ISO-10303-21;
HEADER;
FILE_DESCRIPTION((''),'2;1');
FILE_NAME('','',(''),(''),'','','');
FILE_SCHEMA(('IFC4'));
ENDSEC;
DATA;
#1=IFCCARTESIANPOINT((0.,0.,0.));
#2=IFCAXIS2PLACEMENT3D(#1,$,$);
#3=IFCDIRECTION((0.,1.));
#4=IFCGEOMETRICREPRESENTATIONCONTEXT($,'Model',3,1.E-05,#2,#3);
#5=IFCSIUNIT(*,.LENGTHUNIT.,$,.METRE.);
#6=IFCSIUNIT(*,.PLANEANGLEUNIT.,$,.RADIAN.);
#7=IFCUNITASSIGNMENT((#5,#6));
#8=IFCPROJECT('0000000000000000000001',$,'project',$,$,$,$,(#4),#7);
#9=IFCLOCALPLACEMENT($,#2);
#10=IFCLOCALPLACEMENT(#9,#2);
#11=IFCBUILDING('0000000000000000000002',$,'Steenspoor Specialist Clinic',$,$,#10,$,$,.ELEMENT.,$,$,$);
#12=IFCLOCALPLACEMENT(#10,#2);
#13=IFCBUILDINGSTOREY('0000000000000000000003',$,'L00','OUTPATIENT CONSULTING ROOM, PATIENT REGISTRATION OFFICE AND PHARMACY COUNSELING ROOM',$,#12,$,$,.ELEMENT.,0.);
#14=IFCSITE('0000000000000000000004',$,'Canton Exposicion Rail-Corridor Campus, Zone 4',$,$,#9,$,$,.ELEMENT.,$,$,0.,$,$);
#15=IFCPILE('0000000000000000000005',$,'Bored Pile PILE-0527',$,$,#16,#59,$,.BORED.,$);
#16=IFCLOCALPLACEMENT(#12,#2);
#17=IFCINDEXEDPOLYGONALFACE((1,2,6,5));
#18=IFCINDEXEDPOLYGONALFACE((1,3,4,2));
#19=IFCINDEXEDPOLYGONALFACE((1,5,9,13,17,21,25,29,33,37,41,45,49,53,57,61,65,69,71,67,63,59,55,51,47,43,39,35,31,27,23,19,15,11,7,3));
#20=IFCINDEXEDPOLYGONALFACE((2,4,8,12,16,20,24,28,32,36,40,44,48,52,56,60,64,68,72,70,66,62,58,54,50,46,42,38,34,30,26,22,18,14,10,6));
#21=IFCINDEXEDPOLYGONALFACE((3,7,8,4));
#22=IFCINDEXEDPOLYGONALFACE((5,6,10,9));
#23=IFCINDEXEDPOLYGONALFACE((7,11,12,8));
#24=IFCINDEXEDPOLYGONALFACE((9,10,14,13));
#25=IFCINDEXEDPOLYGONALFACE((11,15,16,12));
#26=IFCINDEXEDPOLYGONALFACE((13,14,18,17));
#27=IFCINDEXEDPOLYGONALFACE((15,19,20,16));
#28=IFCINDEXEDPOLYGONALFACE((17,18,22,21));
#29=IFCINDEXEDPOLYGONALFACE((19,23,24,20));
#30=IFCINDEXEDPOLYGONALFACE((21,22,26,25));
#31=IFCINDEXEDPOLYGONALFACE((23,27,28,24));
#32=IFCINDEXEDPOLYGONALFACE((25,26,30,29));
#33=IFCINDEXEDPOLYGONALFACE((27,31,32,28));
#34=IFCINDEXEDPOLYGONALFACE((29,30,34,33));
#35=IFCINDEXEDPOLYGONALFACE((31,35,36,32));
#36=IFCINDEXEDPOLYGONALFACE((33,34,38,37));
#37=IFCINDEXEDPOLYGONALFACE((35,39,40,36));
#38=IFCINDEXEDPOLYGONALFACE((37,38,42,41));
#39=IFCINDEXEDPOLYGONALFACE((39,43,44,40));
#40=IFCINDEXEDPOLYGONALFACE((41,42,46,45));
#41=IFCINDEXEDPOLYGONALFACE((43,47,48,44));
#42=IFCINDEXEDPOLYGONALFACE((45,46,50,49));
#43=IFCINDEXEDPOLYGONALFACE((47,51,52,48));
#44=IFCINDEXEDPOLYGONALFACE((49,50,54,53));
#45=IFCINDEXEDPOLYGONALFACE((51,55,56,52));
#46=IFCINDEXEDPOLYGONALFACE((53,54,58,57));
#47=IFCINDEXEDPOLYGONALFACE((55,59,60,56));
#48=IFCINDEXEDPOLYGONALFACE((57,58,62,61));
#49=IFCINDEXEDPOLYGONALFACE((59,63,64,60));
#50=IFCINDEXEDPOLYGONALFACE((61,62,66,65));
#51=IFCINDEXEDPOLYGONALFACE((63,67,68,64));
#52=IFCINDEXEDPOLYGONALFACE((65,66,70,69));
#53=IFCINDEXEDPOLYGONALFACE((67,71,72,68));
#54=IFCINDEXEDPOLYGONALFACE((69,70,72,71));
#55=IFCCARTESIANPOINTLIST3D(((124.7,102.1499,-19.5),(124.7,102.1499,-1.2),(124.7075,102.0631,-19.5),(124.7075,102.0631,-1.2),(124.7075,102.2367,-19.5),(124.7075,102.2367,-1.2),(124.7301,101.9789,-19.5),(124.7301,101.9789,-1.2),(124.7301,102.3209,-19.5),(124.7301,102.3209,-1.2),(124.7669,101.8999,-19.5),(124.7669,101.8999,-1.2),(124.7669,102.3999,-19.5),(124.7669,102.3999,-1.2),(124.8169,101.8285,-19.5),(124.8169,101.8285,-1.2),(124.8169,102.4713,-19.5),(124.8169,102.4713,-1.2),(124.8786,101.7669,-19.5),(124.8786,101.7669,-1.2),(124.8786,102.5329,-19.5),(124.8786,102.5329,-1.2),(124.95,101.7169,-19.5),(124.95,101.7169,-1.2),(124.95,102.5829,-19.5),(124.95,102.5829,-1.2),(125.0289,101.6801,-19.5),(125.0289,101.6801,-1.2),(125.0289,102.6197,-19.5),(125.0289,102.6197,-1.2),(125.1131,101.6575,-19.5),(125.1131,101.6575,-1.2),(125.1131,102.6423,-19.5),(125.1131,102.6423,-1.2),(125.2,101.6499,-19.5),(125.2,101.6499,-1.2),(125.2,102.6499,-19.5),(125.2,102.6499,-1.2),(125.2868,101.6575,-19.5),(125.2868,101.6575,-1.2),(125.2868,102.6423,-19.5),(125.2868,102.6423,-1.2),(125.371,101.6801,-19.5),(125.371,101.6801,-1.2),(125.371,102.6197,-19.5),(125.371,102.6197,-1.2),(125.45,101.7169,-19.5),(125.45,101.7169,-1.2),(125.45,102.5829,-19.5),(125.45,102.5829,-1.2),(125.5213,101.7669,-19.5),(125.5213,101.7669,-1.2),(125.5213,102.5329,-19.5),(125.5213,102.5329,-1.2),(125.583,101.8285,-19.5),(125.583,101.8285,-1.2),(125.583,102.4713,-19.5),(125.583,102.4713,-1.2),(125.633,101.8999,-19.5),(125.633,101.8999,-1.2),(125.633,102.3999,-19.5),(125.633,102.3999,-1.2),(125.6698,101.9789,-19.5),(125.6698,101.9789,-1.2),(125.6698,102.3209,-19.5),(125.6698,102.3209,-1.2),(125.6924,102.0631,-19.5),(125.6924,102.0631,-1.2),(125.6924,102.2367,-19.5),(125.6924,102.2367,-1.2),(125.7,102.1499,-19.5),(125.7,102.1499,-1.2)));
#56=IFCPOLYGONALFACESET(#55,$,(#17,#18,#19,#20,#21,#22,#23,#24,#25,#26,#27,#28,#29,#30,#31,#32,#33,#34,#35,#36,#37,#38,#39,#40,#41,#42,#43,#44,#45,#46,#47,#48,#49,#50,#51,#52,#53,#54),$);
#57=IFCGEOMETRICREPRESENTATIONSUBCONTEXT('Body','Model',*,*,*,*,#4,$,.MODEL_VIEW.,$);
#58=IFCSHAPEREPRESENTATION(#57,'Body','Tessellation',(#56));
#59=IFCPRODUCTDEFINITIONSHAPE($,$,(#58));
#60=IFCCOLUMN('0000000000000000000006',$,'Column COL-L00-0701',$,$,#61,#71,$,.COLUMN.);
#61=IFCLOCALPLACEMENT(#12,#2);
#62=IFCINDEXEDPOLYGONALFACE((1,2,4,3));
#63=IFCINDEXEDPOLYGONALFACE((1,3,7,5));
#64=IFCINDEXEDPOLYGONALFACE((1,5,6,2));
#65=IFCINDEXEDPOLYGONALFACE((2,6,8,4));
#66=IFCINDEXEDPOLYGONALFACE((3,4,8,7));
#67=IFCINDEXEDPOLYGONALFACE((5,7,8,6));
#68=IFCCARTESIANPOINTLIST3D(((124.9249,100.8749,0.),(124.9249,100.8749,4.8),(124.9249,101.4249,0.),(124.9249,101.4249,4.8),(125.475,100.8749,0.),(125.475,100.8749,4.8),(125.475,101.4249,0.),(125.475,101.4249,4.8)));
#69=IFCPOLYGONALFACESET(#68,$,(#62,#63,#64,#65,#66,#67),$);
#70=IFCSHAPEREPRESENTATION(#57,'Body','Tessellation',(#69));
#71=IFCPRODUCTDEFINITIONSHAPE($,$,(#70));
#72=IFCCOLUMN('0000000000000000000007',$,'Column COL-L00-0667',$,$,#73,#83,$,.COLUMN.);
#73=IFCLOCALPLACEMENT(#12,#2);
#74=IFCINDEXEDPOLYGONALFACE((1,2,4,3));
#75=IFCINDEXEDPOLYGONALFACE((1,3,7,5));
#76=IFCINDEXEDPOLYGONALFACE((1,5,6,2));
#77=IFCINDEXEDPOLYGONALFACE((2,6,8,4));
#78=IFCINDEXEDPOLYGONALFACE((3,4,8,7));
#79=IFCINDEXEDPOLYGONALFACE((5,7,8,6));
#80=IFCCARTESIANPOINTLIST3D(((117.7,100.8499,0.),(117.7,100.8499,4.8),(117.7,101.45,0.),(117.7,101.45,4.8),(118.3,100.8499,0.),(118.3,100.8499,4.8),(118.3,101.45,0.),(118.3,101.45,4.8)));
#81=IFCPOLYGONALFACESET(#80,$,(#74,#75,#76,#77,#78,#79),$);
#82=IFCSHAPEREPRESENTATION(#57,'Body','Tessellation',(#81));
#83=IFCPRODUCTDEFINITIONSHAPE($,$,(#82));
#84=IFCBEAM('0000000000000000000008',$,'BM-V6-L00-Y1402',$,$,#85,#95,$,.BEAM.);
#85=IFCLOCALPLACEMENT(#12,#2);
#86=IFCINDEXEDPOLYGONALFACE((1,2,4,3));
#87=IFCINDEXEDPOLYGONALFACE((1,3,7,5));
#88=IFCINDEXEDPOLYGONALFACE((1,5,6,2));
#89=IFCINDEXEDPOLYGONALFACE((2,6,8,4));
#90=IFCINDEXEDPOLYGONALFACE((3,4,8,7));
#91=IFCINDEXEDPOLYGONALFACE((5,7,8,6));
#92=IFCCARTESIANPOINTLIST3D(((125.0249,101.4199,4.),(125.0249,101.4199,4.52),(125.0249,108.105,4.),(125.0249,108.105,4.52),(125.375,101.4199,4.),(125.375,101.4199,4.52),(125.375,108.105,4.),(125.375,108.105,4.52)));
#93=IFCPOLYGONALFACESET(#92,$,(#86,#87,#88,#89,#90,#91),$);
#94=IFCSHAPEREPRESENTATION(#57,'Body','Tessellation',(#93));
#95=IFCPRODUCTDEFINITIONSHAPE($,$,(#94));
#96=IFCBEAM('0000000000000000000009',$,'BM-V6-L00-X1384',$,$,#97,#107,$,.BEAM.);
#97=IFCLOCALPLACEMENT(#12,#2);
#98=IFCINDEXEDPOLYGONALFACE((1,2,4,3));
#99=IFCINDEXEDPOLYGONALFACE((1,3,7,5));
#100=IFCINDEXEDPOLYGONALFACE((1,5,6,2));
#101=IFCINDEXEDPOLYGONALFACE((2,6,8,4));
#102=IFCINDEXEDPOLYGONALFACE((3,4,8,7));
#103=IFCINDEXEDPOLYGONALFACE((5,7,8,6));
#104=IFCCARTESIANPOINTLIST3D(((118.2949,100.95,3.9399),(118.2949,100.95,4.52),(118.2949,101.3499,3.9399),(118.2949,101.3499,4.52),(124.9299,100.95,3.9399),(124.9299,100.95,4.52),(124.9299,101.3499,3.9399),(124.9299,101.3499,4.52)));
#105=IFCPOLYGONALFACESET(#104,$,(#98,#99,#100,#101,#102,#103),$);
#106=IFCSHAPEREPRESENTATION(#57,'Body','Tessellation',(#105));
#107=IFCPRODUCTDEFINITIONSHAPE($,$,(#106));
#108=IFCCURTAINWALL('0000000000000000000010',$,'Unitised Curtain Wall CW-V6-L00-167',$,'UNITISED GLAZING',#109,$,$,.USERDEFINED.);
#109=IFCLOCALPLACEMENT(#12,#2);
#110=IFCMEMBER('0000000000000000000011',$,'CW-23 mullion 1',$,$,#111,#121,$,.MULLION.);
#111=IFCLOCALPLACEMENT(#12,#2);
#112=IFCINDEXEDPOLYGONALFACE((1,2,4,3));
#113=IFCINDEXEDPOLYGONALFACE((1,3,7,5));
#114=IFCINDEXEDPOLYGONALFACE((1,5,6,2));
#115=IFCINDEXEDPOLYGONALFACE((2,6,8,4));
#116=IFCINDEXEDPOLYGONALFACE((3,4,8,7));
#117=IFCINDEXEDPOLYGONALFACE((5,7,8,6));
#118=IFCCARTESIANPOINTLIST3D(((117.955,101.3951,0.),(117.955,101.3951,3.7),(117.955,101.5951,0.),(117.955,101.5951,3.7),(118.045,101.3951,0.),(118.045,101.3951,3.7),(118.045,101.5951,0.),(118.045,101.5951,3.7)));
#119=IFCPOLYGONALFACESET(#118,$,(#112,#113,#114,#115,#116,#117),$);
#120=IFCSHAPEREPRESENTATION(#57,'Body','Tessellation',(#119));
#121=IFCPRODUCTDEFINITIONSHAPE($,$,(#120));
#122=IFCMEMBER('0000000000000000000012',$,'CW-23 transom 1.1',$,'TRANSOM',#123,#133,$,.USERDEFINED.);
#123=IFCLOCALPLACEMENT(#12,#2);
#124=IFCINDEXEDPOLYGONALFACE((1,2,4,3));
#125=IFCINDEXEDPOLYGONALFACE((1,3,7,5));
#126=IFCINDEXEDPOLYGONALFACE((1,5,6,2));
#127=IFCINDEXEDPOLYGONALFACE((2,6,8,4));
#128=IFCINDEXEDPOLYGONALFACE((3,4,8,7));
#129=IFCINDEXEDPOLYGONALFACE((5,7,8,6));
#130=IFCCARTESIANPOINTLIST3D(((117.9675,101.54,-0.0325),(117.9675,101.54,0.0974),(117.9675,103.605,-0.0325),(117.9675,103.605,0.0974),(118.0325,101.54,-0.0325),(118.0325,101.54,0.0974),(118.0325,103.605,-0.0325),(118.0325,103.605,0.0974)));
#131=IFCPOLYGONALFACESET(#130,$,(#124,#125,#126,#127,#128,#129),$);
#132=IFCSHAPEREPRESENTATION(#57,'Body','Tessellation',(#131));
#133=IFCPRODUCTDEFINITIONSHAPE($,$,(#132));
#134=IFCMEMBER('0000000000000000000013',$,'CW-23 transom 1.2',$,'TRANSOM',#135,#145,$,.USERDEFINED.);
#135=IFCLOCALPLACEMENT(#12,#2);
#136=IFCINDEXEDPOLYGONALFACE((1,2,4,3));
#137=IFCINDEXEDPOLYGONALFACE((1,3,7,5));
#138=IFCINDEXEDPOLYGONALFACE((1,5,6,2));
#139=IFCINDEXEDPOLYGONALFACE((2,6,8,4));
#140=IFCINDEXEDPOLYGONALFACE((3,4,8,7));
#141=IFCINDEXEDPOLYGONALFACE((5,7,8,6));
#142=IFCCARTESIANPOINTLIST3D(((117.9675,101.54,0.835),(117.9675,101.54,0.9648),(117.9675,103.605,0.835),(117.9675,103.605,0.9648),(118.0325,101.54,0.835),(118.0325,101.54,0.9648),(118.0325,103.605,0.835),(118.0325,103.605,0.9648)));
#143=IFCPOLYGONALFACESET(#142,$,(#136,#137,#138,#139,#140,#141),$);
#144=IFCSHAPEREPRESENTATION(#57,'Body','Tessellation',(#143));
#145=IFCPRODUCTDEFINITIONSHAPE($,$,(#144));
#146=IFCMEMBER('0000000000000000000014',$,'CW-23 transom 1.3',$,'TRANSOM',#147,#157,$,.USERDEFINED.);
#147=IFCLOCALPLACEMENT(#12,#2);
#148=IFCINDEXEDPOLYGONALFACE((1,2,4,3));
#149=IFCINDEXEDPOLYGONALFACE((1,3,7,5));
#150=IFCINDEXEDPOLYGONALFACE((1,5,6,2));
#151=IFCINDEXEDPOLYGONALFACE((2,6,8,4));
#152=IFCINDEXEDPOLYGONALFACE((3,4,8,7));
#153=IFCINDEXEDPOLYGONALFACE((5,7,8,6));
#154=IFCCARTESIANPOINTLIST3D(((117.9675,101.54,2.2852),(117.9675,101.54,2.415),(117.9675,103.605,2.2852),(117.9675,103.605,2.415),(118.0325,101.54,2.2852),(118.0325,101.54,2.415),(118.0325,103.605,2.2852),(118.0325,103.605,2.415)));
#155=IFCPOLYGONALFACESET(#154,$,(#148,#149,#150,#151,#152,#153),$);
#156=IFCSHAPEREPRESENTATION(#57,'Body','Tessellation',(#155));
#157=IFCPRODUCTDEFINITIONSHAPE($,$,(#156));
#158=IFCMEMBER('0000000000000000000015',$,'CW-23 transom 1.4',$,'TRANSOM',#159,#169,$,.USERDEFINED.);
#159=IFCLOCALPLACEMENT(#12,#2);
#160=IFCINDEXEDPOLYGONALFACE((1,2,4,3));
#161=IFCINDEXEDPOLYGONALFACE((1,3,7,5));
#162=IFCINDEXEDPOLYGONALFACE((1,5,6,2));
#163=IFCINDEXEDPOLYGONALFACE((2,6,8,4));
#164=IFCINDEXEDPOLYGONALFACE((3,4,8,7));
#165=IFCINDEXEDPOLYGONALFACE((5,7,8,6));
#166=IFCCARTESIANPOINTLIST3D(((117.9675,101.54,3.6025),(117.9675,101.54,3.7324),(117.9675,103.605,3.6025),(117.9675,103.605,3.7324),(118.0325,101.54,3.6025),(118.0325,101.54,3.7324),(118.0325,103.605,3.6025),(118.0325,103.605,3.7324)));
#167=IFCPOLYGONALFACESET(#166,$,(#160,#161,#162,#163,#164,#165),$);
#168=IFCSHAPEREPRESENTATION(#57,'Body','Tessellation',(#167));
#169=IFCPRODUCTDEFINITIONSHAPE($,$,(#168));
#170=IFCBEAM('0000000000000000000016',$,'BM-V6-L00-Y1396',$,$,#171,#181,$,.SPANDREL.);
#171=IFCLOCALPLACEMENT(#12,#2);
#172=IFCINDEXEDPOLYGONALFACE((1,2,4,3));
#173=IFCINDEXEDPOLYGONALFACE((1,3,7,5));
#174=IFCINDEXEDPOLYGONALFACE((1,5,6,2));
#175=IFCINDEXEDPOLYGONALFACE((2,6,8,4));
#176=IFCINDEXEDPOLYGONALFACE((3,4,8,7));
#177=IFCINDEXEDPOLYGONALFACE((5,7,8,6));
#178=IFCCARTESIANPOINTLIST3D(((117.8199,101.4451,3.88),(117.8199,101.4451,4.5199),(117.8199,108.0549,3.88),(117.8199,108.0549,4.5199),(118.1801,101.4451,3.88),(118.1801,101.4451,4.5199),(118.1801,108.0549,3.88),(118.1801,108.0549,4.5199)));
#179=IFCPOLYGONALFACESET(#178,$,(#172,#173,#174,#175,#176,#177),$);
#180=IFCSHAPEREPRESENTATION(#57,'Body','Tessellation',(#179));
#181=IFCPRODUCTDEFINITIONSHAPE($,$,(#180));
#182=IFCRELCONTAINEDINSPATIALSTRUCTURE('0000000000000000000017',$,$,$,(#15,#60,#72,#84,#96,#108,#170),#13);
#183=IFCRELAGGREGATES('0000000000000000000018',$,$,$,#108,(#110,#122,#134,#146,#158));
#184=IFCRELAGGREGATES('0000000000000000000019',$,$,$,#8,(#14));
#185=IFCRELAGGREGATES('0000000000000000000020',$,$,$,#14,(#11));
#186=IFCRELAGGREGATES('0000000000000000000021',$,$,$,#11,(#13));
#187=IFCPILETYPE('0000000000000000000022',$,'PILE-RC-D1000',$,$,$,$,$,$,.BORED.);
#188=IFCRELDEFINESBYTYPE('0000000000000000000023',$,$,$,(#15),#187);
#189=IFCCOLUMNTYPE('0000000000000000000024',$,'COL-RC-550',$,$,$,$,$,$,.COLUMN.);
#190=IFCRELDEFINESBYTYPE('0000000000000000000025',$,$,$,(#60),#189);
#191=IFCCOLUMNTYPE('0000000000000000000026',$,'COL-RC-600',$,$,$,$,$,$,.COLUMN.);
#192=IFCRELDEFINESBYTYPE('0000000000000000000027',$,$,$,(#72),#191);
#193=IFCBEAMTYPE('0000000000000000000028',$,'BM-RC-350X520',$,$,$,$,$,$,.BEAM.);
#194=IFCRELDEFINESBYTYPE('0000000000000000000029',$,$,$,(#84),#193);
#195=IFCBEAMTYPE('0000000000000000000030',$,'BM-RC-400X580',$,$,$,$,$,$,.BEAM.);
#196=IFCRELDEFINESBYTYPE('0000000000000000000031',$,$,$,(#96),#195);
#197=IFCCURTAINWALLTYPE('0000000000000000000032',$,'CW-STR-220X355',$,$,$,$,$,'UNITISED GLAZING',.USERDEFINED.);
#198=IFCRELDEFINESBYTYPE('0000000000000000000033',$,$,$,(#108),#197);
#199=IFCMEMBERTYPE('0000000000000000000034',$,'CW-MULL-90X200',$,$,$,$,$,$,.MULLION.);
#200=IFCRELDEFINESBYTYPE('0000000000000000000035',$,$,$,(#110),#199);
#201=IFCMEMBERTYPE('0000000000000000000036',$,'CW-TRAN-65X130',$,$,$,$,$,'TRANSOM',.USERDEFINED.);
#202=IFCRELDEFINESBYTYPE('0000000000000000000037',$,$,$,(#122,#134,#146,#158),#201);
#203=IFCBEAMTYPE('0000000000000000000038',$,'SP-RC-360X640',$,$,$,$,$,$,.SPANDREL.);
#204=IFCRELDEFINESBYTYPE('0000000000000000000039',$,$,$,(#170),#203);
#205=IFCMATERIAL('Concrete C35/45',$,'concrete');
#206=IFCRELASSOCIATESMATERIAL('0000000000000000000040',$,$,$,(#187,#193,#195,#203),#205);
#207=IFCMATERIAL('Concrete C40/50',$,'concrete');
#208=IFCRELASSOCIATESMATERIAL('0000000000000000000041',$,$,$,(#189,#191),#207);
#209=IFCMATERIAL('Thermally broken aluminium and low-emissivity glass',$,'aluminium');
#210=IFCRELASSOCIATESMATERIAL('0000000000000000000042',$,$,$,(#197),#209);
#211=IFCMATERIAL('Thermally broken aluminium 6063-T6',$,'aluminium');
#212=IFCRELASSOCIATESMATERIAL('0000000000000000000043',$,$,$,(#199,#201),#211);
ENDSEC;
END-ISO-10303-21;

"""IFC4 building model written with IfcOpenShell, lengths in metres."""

from ifc_helpers import new_model, si_unit, direction, frame, origin, origin_2d, place, context, subcontext, project, spatial, rectangle, circle, extrude, material, material_profile, profile_set, type_object, element, aggregate, save


model = new_model("IFC4")

# Units and contexts
model_context = context("Model", 3, precision=1e-05, world=origin(), true_north=direction((0.0, 1.0)))
body_context = subcontext(model_context, "Body", "Model", "MODEL_VIEW")
ifc_project = project(units=[si_unit("LENGTHUNIT", "METRE"), si_unit("PLANEANGLEUNIT", "RADIAN")], contexts=[model_context])

# Site, building, storey
site_placement = place(None, origin())
site = spatial("IfcSite", under=ifc_project, at=site_placement, Name="Canton Exposicion Rail-Corridor Campus, Zone 4", CompositionType="ELEMENT", RefElevation=0.0)
building_placement = place(site_placement, origin())
building = spatial("IfcBuilding", under=site, at=building_placement, Name="Steenspoor Specialist Clinic", CompositionType="ELEMENT")
storey_placement = place(building_placement, origin())
storey = spatial("IfcBuildingStorey", under=building, at=storey_placement, Name="L00", Description="OUTPATIENT CONSULTING ROOM, PATIENT REGISTRATION OFFICE AND PHARMACY COUNSELING ROOM", CompositionType="ELEMENT", Elevation=0.0)

# Shared definitions
ifc_material_1 = material(Name="Concrete C35/45", Category="concrete")

# Pile
ifc_material_profile_1 = material_profile(ifc_material_1, circle(Radius=0.5, at=origin_2d()), Name="PILE-D1000")
ifc_profile_set_1 = profile_set([ifc_material_profile_1], Name="Concrete C35/45")
pile_type = type_object("IfcPileType", Name="PILE-RC-D1000", PredefinedType="BORED", material=ifc_profile_set_1)
for number, where, z_axis, x_axis, name in (
    (1, (125.2, 102.1499, -1.2), (0.0, 0.0, -1.0), (1.0, 0.0, 0.0), "Bored Pile PILE-0527"),
):
    element("IfcPile", number, at=place(storey_placement, frame(where, z_axis=z_axis, x_axis=x_axis)), inside=storey, type_object=pile_type, Name=name, PredefinedType="BORED", context=body_context, shape_type="SweptSolid", body=[
        extrude(circle(Radius=0.5, at=origin_2d()), origin(), (0.0, 0.0, 1.0), 18.3),
    ])

# Columns
ifc_material_2 = material(Name="Concrete C40/50", Category="concrete")
ifc_material_profile_2 = material_profile(ifc_material_2, rectangle(XDim=0.55, YDim=0.55, at=origin_2d()), Name="RC-COL-550X550")
ifc_profile_set_2 = profile_set([ifc_material_profile_2], Name="Concrete C40/50")
column_type_1 = type_object("IfcColumnType", Name="COL-RC-550", PredefinedType="COLUMN", material=ifc_profile_set_2)
column_1_placement = place(storey_placement, frame((125.2, 101.1499, 0.0), z_axis=(0.0, 0.0, 1.0), x_axis=(1.0, 0.0, 0.0)))
element("IfcColumn", 2, at=column_1_placement, inside=storey, type_object=column_type_1, Name="Column COL-L00-0701", PredefinedType="COLUMN", context=body_context, shape_type="SweptSolid", body=[
    extrude(rectangle(XDim=0.55, YDim=0.55, at=origin_2d()), origin(), (0.0, 0.0, 1.0), 4.8),
])
ifc_material_profile_3 = material_profile(ifc_material_2, rectangle(XDim=0.6001, YDim=0.6001, at=origin_2d()), Name="RC-COL-600X600")
ifc_profile_set_3 = profile_set([ifc_material_profile_3], Name="Concrete C40/50")
column_type_2 = type_object("IfcColumnType", Name="COL-RC-600", PredefinedType="COLUMN", material=ifc_profile_set_3)
column_2_placement = place(storey_placement, frame((118.0, 101.1499, 0.0), z_axis=(0.0, 0.0, 1.0), x_axis=(1.0, 0.0, 0.0)))
element("IfcColumn", 3, at=column_2_placement, inside=storey, type_object=column_type_2, Name="Column COL-L00-0667", PredefinedType="COLUMN", context=body_context, shape_type="SweptSolid", body=[
    extrude(rectangle(XDim=0.6001, YDim=0.6001, at=origin_2d()), origin(), (0.0, 0.0, 1.0), 4.8),
])

# Beams
ifc_material_profile_4 = material_profile(ifc_material_1, rectangle(XDim=0.3501, YDim=0.52, at=origin_2d()), Name="RC-BM-350X520")
ifc_profile_set_4 = profile_set([ifc_material_profile_4], Name="Concrete C35/45")
beam_type_1 = type_object("IfcBeamType", Name="BM-RC-350X520", PredefinedType="BEAM", material=ifc_profile_set_4)
beam_1_placement = place(storey_placement, frame((125.2, 101.4199, 4.26), z_axis=(0.0, 1.0, 0.0), x_axis=(-1.0, 0.0, 0.0)))
element("IfcBeam", 4, at=beam_1_placement, inside=storey, type_object=beam_type_1, Name="BM-V6-L00-Y1402", PredefinedType="BEAM", context=body_context, shape_type="SweptSolid", body=[
    extrude(rectangle(XDim=0.3501, YDim=0.52, at=origin_2d()), origin(), (0.0, 0.0, 1.0), 6.6851),
])
ifc_material_profile_5 = material_profile(ifc_material_1, rectangle(XDim=0.3999, YDim=0.5801, at=origin_2d()), Name="RC-BM-400X580")
ifc_profile_set_5 = profile_set([ifc_material_profile_5], Name="Concrete C35/45")
beam_type_2 = type_object("IfcBeamType", Name="BM-RC-400X580", PredefinedType="BEAM", material=ifc_profile_set_5)
beam_2_placement = place(storey_placement, frame((118.2949, 101.1499, 4.23), z_axis=(1.0, 0.0, 0.0), x_axis=(0.0, 1.0, 0.0)))
element("IfcBeam", 5, at=beam_2_placement, inside=storey, type_object=beam_type_2, Name="BM-V6-L00-X1384", PredefinedType="BEAM", context=body_context, shape_type="SweptSolid", body=[
    extrude(rectangle(XDim=0.3999, YDim=0.5801, at=origin_2d()), origin(), (0.0, 0.0, 1.0), 6.635),
])

# Curtain wall, members
ifc_material_3 = material(Name="Thermally broken aluminium and low-emissivity glass", Category="aluminium")
curtain_wall_type = type_object("IfcCurtainWallType", Name="CW-STR-220X355", ElementType="UNITISED GLAZING", PredefinedType="USERDEFINED", material=ifc_material_3)
curtain_wall_placement = place(storey_placement, origin())
curtain_wall = element("IfcCurtainWall", 6, at=curtain_wall_placement, inside=storey, type_object=curtain_wall_type, Name="Unitised Curtain Wall CW-V6-L00-167", ObjectType="UNITISED GLAZING", PredefinedType="USERDEFINED")
ifc_material_4 = material(Name="Thermally broken aluminium 6063-T6", Category="aluminium")
ifc_material_profile_6 = material_profile(ifc_material_4, rectangle(XDim=0.0901, YDim=0.2, at=origin_2d()), Name="CWM-90X200")
ifc_profile_set_6 = profile_set([ifc_material_profile_6], Name="Thermally broken aluminium 6063-T6")
member_type_1 = type_object("IfcMemberType", Name="CW-MULL-90X200", PredefinedType="MULLION", material=ifc_profile_set_6)
member_1_placement = place(storey_placement, frame((118.0, 101.4951, 0.0), z_axis=(0.0, 0.0, 1.0), x_axis=(-1.0, 0.0, 0.0)))
member_1 = element("IfcMember", 7, at=member_1_placement, type_object=member_type_1, Name="CW-23 mullion 1", PredefinedType="MULLION", context=body_context, shape_type="SweptSolid", body=[
    extrude(rectangle(XDim=0.0901, YDim=0.2, at=origin_2d()), origin(), (0.0, 0.0, 1.0), 3.7),
])
ifc_material_profile_7 = material_profile(ifc_material_4, rectangle(XDim=0.0649, YDim=0.1299, at=origin_2d()), Name="CWT-65X130")
ifc_profile_set_7 = profile_set([ifc_material_profile_7], Name="Thermally broken aluminium 6063-T6")
member_type_2 = type_object("IfcMemberType", Name="CW-TRAN-65X130", ElementType="TRANSOM", PredefinedType="USERDEFINED", material=ifc_profile_set_7)
member_2_placement = place(storey_placement, frame((118.0, 101.54, 0.0325), z_axis=(0.0, 1.0, 0.0), x_axis=(-1.0, 0.0, 0.0)))
member_2 = element("IfcMember", 8, at=member_2_placement, type_object=member_type_2, Name="CW-23 transom 1.1", ObjectType="TRANSOM", PredefinedType="USERDEFINED", context=body_context, shape_type="SweptSolid", body=[
    extrude(rectangle(XDim=0.0649, YDim=0.1299, at=origin_2d()), origin(), (0.0, 0.0, 1.0), 2.0649),
])
member_3_placement = place(storey_placement, frame((118.0, 101.54, 0.8999), z_axis=(0.0, 1.0, 0.0), x_axis=(-1.0, 0.0, 0.0)))
member_3 = element("IfcMember", 9, at=member_3_placement, type_object=member_type_2, Name="CW-23 transom 1.2", ObjectType="TRANSOM", PredefinedType="USERDEFINED", context=body_context, shape_type="SweptSolid", body=[
    extrude(rectangle(XDim=0.0649, YDim=0.1299, at=origin_2d()), origin(), (0.0, 0.0, 1.0), 2.0649),
])
member_4_placement = place(storey_placement, frame((118.0, 101.54, 2.3501), z_axis=(0.0, 1.0, 0.0), x_axis=(-1.0, 0.0, 0.0)))
member_4 = element("IfcMember", 10, at=member_4_placement, type_object=member_type_2, Name="CW-23 transom 1.3", ObjectType="TRANSOM", PredefinedType="USERDEFINED", context=body_context, shape_type="SweptSolid", body=[
    extrude(rectangle(XDim=0.0649, YDim=0.1299, at=origin_2d()), origin(), (0.0, 0.0, 1.0), 2.0649),
])
member_5_placement = place(storey_placement, frame((118.0, 101.54, 3.6675), z_axis=(0.0, 1.0, 0.0), x_axis=(-1.0, 0.0, 0.0)))
member_5 = element("IfcMember", 11, at=member_5_placement, type_object=member_type_2, Name="CW-23 transom 1.4", ObjectType="TRANSOM", PredefinedType="USERDEFINED", context=body_context, shape_type="SweptSolid", body=[
    extrude(rectangle(XDim=0.0649, YDim=0.1299, at=origin_2d()), origin(), (0.0, 0.0, 1.0), 2.0649),
])

# Beam
ifc_material_profile_8 = material_profile(ifc_material_1, rectangle(XDim=0.3601, YDim=0.6399, at=origin_2d()), Name="RC-SP-360X640")
ifc_profile_set_8 = profile_set([ifc_material_profile_8], Name="Concrete C35/45")
beam_type_3 = type_object("IfcBeamType", Name="SP-RC-360X640", PredefinedType="SPANDREL", material=ifc_profile_set_8)
beam_3_placement = place(storey_placement, frame((118.0, 101.4451, 4.2), z_axis=(0.0, 1.0, 0.0), x_axis=(-1.0, 0.0, 0.0)))
element("IfcBeam", 12, at=beam_3_placement, inside=storey, type_object=beam_type_3, Name="BM-V6-L00-Y1396", PredefinedType="SPANDREL", context=body_context, shape_type="SweptSolid", body=[
    extrude(rectangle(XDim=0.3601, YDim=0.6399, at=origin_2d()), origin(), (0.0, 0.0, 1.0), 6.6099),
])

aggregate(curtain_wall, [member_1, member_2, member_3, member_4, member_5])

save(model, "model.ifc")
